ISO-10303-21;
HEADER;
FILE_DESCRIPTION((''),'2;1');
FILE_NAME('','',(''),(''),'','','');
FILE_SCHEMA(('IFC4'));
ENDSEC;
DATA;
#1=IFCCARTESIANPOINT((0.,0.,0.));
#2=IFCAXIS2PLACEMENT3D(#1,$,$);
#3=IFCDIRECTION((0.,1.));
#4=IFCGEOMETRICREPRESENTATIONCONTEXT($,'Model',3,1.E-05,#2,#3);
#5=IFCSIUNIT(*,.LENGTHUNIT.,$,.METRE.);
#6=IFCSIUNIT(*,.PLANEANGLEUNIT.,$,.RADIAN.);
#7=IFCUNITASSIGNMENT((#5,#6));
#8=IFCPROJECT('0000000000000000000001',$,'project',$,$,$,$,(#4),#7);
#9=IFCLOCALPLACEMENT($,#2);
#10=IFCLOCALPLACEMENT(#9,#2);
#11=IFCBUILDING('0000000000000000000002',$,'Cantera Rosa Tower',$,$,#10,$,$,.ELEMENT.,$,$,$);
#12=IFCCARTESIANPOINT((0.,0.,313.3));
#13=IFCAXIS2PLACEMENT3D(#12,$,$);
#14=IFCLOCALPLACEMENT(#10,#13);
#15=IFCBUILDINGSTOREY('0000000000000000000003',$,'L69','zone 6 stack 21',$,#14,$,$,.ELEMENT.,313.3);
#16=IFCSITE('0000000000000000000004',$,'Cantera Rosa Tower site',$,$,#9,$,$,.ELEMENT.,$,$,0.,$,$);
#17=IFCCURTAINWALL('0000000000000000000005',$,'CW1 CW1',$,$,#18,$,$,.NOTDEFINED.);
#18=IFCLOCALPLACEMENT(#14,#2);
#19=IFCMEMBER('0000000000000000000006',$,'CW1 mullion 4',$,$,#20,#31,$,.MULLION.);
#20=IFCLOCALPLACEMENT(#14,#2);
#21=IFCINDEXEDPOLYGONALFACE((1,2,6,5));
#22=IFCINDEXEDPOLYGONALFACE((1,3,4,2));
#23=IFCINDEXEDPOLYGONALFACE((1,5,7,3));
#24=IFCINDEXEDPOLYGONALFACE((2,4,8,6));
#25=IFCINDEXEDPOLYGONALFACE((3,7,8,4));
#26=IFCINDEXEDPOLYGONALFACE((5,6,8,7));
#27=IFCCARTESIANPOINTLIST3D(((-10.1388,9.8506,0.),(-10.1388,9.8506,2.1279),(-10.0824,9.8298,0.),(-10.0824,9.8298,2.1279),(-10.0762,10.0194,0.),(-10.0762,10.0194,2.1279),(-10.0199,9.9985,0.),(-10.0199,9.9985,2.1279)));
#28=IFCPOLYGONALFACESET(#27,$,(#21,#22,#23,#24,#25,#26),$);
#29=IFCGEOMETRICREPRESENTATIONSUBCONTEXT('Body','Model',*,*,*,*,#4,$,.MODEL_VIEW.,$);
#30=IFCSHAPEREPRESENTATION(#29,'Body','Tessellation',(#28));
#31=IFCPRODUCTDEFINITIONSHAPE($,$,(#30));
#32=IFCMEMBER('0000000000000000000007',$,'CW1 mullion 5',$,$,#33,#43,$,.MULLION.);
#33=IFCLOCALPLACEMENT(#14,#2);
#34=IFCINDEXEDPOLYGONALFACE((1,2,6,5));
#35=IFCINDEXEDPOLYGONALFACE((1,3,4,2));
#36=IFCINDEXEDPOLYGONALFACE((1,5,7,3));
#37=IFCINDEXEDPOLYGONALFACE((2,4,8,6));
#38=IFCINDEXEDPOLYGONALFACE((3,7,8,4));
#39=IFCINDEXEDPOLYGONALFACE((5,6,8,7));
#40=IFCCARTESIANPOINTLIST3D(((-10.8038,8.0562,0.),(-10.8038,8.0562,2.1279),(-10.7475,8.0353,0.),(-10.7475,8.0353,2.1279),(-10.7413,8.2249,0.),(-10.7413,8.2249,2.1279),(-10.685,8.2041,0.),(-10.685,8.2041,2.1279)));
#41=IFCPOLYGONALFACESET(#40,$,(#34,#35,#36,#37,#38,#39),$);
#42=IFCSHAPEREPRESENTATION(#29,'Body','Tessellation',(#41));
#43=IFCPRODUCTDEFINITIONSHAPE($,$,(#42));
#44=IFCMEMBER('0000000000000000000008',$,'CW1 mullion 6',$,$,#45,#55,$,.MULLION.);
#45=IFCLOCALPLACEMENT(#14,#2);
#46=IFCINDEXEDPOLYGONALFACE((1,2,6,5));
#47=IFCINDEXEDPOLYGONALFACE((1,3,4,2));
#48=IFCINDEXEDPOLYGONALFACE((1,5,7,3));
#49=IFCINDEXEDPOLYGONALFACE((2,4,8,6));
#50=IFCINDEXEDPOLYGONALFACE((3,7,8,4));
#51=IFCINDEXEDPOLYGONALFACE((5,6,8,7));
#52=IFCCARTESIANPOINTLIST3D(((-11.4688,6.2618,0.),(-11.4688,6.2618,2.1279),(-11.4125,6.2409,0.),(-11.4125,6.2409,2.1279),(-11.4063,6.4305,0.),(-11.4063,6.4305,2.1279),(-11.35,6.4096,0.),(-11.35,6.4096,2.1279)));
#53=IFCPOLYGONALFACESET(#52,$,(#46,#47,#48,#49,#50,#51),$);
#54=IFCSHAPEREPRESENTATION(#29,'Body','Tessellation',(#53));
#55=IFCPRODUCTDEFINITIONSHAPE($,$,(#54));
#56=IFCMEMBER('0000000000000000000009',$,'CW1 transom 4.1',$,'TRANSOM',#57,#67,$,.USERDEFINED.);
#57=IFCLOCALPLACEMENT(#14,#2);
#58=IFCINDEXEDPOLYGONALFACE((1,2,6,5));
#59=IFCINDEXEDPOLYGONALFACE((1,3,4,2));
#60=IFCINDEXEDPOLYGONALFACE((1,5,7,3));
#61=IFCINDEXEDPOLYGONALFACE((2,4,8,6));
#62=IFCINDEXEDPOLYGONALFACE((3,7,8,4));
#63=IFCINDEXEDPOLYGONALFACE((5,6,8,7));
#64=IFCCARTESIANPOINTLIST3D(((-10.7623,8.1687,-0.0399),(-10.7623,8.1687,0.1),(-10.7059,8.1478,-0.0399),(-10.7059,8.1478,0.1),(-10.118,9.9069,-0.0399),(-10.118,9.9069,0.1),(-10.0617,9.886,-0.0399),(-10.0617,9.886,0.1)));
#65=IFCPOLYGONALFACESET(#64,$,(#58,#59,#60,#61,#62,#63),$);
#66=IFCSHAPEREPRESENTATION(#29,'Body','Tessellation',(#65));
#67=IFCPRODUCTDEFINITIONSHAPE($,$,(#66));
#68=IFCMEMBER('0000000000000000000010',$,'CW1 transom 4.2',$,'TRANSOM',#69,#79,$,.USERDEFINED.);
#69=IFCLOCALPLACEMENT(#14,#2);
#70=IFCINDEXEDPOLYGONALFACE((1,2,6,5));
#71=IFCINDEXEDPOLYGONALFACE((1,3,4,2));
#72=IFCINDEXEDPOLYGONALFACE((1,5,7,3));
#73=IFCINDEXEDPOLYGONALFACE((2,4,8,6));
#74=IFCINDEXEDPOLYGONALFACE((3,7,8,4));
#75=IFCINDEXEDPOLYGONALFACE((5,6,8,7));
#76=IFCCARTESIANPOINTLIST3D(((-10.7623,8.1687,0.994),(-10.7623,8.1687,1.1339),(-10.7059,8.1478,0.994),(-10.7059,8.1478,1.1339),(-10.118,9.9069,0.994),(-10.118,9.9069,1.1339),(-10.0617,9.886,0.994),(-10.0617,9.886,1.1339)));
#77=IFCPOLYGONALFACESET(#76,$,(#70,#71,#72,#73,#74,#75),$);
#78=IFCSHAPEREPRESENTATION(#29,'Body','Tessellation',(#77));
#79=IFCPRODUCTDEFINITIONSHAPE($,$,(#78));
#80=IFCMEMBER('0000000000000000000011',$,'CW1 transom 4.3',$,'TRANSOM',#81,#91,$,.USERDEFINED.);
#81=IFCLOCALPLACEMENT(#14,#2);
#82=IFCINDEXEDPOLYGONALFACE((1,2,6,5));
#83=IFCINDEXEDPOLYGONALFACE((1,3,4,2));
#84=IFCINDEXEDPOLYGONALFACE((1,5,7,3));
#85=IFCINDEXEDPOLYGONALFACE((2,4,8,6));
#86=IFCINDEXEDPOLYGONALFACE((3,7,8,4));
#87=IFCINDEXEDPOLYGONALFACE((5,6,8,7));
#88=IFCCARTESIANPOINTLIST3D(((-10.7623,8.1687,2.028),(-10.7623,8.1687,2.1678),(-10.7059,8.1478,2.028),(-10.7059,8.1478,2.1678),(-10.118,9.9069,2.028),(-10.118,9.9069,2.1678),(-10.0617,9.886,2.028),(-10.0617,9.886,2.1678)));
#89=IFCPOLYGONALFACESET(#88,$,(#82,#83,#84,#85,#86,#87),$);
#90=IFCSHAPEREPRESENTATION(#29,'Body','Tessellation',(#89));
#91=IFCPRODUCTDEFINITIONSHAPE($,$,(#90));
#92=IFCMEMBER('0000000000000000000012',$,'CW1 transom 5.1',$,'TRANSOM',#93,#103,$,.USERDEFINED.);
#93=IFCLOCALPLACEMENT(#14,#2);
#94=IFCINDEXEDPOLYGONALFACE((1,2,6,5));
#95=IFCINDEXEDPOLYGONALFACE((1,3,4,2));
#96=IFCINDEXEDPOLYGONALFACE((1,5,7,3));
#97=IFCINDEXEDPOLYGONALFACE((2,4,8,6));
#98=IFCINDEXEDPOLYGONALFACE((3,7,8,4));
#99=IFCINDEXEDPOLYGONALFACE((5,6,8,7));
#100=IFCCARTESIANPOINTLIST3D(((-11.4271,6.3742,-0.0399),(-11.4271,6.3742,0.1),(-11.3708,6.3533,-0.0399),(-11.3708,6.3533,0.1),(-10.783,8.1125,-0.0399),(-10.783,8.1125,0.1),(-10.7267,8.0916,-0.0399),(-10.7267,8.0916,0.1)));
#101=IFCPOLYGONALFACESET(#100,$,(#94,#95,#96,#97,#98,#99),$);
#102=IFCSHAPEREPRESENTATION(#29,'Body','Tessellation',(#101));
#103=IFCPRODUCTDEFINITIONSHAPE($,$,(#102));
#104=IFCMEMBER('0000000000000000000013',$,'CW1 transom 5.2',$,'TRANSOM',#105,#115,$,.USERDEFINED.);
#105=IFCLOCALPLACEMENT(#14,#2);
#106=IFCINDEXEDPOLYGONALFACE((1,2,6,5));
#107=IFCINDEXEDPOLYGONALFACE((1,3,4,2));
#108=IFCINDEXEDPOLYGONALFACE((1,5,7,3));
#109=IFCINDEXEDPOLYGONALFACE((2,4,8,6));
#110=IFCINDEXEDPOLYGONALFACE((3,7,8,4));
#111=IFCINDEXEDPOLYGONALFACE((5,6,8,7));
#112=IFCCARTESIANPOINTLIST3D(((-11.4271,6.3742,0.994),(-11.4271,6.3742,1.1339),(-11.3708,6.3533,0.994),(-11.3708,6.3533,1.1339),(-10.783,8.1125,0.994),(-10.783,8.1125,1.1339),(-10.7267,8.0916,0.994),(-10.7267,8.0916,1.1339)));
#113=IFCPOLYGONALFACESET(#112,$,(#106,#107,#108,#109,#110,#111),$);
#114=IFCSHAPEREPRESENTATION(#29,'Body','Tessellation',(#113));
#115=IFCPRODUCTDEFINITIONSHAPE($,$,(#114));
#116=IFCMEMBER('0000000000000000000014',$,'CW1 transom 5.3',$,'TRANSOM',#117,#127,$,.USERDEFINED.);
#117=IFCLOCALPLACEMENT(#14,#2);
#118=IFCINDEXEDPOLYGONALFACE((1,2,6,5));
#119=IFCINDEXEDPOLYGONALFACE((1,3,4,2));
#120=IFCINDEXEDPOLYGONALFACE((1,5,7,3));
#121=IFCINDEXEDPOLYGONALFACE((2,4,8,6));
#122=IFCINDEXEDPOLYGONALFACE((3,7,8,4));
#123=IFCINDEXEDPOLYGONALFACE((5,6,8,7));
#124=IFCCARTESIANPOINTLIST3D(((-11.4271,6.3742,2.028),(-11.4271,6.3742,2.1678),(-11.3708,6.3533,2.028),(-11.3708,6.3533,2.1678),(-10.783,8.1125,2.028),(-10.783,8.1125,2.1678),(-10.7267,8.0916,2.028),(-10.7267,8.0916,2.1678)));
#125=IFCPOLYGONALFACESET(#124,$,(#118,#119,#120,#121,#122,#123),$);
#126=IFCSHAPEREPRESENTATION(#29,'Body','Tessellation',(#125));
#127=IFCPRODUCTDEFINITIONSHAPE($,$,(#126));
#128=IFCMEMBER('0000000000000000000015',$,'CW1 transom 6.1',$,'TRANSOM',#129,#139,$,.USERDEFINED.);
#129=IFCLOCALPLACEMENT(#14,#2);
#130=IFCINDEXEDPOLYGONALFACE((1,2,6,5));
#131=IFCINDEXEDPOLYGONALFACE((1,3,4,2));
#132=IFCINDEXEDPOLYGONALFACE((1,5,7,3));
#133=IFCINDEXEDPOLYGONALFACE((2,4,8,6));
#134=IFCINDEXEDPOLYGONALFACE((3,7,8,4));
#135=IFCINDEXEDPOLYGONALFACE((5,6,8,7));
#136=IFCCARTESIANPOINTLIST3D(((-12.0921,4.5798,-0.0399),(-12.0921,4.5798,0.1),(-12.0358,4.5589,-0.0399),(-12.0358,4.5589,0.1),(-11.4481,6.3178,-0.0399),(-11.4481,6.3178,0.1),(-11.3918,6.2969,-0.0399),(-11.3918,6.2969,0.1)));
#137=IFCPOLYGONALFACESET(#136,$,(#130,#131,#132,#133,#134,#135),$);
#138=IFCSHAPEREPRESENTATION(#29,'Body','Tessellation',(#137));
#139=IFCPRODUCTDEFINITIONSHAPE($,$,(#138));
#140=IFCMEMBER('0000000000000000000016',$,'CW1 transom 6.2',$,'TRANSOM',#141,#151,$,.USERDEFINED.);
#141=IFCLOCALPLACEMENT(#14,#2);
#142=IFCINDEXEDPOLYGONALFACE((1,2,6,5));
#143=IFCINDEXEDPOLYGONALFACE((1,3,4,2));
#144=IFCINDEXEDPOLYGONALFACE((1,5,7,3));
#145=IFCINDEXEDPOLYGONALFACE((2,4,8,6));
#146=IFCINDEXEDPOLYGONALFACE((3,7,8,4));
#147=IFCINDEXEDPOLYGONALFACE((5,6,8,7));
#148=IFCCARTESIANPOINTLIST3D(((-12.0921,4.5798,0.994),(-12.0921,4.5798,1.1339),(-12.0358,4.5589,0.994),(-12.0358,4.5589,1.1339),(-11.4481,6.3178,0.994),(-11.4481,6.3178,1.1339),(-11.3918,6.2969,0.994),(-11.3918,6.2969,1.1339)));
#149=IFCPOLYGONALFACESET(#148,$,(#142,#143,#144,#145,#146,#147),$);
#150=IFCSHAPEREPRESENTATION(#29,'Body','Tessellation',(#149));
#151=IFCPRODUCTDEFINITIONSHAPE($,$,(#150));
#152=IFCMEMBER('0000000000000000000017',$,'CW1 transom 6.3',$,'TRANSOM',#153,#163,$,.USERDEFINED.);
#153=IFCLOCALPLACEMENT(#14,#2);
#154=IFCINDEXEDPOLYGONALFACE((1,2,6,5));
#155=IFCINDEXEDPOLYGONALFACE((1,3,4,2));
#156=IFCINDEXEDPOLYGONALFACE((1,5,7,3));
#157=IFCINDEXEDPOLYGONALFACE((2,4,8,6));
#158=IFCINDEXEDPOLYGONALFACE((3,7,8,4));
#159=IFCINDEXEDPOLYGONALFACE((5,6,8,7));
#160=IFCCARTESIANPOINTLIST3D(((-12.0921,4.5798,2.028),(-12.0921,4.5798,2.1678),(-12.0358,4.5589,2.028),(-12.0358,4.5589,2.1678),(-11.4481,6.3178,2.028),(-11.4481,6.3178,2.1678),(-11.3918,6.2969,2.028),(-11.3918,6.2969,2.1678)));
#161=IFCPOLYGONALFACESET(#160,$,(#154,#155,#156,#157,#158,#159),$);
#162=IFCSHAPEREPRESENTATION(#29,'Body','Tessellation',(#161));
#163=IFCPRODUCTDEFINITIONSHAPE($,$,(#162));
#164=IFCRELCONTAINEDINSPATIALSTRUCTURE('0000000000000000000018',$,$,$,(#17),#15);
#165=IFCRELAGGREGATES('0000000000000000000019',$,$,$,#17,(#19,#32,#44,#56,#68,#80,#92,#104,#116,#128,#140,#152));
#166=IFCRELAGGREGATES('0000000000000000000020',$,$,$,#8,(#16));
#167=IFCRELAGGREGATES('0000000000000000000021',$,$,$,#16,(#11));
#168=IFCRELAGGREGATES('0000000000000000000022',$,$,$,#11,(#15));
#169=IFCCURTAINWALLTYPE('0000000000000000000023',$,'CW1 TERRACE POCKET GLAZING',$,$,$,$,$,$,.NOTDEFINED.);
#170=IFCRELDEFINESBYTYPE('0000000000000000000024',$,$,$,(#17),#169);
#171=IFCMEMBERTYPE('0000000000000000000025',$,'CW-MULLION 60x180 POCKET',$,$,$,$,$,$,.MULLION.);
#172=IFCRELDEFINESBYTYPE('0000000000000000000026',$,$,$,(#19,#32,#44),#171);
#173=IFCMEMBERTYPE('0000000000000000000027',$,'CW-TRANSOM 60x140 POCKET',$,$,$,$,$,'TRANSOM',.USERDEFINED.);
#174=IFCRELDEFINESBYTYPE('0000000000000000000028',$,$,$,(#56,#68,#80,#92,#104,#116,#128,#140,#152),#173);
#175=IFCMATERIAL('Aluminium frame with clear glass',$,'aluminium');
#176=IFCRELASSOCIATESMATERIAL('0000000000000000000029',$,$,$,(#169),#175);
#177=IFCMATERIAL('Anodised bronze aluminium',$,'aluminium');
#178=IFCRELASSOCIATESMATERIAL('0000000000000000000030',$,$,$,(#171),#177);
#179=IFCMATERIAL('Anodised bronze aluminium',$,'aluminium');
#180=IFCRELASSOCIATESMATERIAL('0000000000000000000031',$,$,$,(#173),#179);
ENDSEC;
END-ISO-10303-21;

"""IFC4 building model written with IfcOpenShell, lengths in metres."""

from ifc_helpers import new_model, si_unit, direction, frame, origin, origin_2d, place, context, subcontext, project, spatial, rectangle, extrude, material, material_profile, profile_set, type_object, element, aggregate, save


model = new_model("IFC4")

# Units and contexts
model_context = context("Model", 3, precision=1e-05, world=origin(), true_north=direction((0.0, 1.0)))
body_context = subcontext(model_context, "Body", "Model", "MODEL_VIEW")
ifc_project = project(units=[si_unit("LENGTHUNIT", "METRE"), si_unit("PLANEANGLEUNIT", "RADIAN")], contexts=[model_context])

# Site, building, storey
site_placement = place(None, origin())
site = spatial("IfcSite", under=ifc_project, at=site_placement, Name="Cantera Rosa Tower site", CompositionType="ELEMENT", RefElevation=0.0)
building_placement = place(site_placement, origin())
building = spatial("IfcBuilding", under=site, at=building_placement, Name="Cantera Rosa Tower", CompositionType="ELEMENT")
storey_placement = place(building_placement, frame((0.0, 0.0, 313.3)))
storey = spatial("IfcBuildingStorey", under=building, at=storey_placement, Name="L69", Description="zone 6 stack 21", CompositionType="ELEMENT", Elevation=313.3)

# Curtain wall, members
ifc_material_1 = material(Name="Aluminium frame with clear glass", Category="aluminium")
curtain_wall_type = type_object("IfcCurtainWallType", Name="CW1 TERRACE POCKET GLAZING", PredefinedType="NOTDEFINED", material=ifc_material_1)
curtain_wall_placement = place(storey_placement, origin())
curtain_wall = element("IfcCurtainWall", 1, at=curtain_wall_placement, inside=storey, type_object=curtain_wall_type, Name="CW1 CW1", PredefinedType="NOTDEFINED")
ifc_material_2 = material(Name="Anodised bronze aluminium", Category="aluminium")
ifc_material_profile_1 = material_profile(ifc_material_2, rectangle(XDim=0.0601, YDim=0.1799, at=origin_2d()), Name="CW-MULLION 60x180 POCKET")
ifc_profile_set_1 = profile_set([ifc_material_profile_1], Name="Anodised bronze aluminium")
member_type_1 = type_object("IfcMemberType", Name="CW-MULLION 60x180 POCKET", PredefinedType="MULLION", material=ifc_profile_set_1)
member_1_placement = place(storey_placement, frame((-10.0793, 9.9246, 0.0), z_axis=(0.0, 0.0, 1.0), x_axis=(0.937687, -0.347481, 0.0)))
member_1 = element("IfcMember", 2, at=member_1_placement, type_object=member_type_1, Name="CW1 mullion 4", PredefinedType="MULLION", context=body_context, shape_type="SweptSolid", body=[
    extrude(rectangle(XDim=0.0601, YDim=0.1799, at=origin_2d()), origin(), (0.0, 0.0, 1.0), 2.1279),
])
member_2_placement = place(storey_placement, frame((-10.7444, 8.1301, 0.0), z_axis=(0.0, 0.0, 1.0), x_axis=(0.937687, -0.347481, 0.0)))
member_2 = element("IfcMember", 3, at=member_2_placement, type_object=member_type_1, Name="CW1 mullion 5", PredefinedType="MULLION", context=body_context, shape_type="SweptSolid", body=[
    extrude(rectangle(XDim=0.0601, YDim=0.1799, at=origin_2d()), origin(), (0.0, 0.0, 1.0), 2.1279),
])
member_3_placement = place(storey_placement, frame((-11.4094, 6.3357, 0.0), z_axis=(0.0, 0.0, 1.0), x_axis=(0.937687, -0.347481, 0.0)))
member_3 = element("IfcMember", 4, at=member_3_placement, type_object=member_type_1, Name="CW1 mullion 6", PredefinedType="MULLION", context=body_context, shape_type="SweptSolid", body=[
    extrude(rectangle(XDim=0.0601, YDim=0.1799, at=origin_2d()), origin(), (0.0, 0.0, 1.0), 2.1279),
])
ifc_material_3 = material(Name="Anodised bronze aluminium", Category="aluminium")
ifc_material_profile_2 = material_profile(ifc_material_3, rectangle(XDim=0.0601, YDim=0.1399, at=origin_2d()), Name="CW-TRANSOM 60x140 POCKET")
ifc_profile_set_2 = profile_set([ifc_material_profile_2], Name="Anodised bronze aluminium")
member_type_2 = type_object("IfcMemberType", Name="CW-TRANSOM 60x140 POCKET", ElementType="TRANSOM", PredefinedType="USERDEFINED", material=ifc_profile_set_2)
member_4_placement = place(storey_placement, frame((-10.0898, 9.8965, 0.03), z_axis=(-0.347542, -0.937665, 0.0), x_axis=(0.937665, -0.347542, 0.0)))
member_4 = element("IfcMember", 5, at=member_4_placement, type_object=member_type_2, Name="CW1 transom 4.1", ObjectType="TRANSOM", PredefinedType="USERDEFINED", context=body_context, shape_type="SweptSolid", body=[
    extrude(rectangle(XDim=0.0601, YDim=0.1399, at=origin_2d()), origin(), (0.0, 0.0, 1.0), 1.8538),
])
member_5_placement = place(storey_placement, frame((-10.0898, 9.8965, 1.064), z_axis=(-0.347542, -0.937665, 0.0), x_axis=(0.937665, -0.347542, 0.0)))
member_5 = element("IfcMember", 6, at=member_5_placement, type_object=member_type_2, Name="CW1 transom 4.2", ObjectType="TRANSOM", PredefinedType="USERDEFINED", context=body_context, shape_type="SweptSolid", body=[
    extrude(rectangle(XDim=0.0601, YDim=0.1399, at=origin_2d()), origin(), (0.0, 0.0, 1.0), 1.8538),
])
member_6_placement = place(storey_placement, frame((-10.0898, 9.8965, 2.0979), z_axis=(-0.347542, -0.937665, 0.0), x_axis=(0.937665, -0.347542, 0.0)))
member_6 = element("IfcMember", 7, at=member_6_placement, type_object=member_type_2, Name="CW1 transom 4.3", ObjectType="TRANSOM", PredefinedType="USERDEFINED", context=body_context, shape_type="SweptSolid", body=[
    extrude(rectangle(XDim=0.0601, YDim=0.1399, at=origin_2d()), origin(), (0.0, 0.0, 1.0), 1.8538),
])
member_7_placement = place(storey_placement, frame((-10.7549, 8.1021, 0.03), z_axis=(-0.347426, -0.937707, 0.0), x_axis=(0.937707, -0.347426, 0.0)))
member_7 = element("IfcMember", 8, at=member_7_placement, type_object=member_type_2, Name="CW1 transom 5.1", ObjectType="TRANSOM", PredefinedType="USERDEFINED", context=body_context, shape_type="SweptSolid", body=[
    extrude(rectangle(XDim=0.0601, YDim=0.1399, at=origin_2d()), origin(), (0.0, 0.0, 1.0), 1.8538),
])
member_8_placement = place(storey_placement, frame((-10.7549, 8.1021, 1.064), z_axis=(-0.347426, -0.937707, 0.0), x_axis=(0.937707, -0.347426, 0.0)))
member_8 = element("IfcMember", 9, at=member_8_placement, type_object=member_type_2, Name="CW1 transom 5.2", ObjectType="TRANSOM", PredefinedType="USERDEFINED", context=body_context, shape_type="SweptSolid", body=[
    extrude(rectangle(XDim=0.0601, YDim=0.1399, at=origin_2d()), origin(), (0.0, 0.0, 1.0), 1.8538),
])
member_9_placement = place(storey_placement, frame((-10.7549, 8.1021, 2.0979), z_axis=(-0.347426, -0.937707, 0.0), x_axis=(0.937707, -0.347426, 0.0)))
member_9 = element("IfcMember", 10, at=member_9_placement, type_object=member_type_2, Name="CW1 transom 5.3", ObjectType="TRANSOM", PredefinedType="USERDEFINED", context=body_context, shape_type="SweptSolid", body=[
    extrude(rectangle(XDim=0.0601, YDim=0.1399, at=origin_2d()), origin(), (0.0, 0.0, 1.0), 1.8538),
])
member_10_placement = place(storey_placement, frame((-11.4199, 6.3074, 0.03), z_axis=(-0.347469, -0.937692, 0.0), x_axis=(0.937692, -0.347469, 0.0)))
member_10 = element("IfcMember", 11, at=member_10_placement, type_object=member_type_2, Name="CW1 transom 6.1", ObjectType="TRANSOM", PredefinedType="USERDEFINED", context=body_context, shape_type="SweptSolid", body=[
    extrude(rectangle(XDim=0.0601, YDim=0.1399, at=origin_2d()), origin(), (0.0, 0.0, 1.0), 1.8535),
])
member_11_placement = place(storey_placement, frame((-11.4199, 6.3074, 1.064), z_axis=(-0.347469, -0.937692, 0.0), x_axis=(0.937692, -0.347469, 0.0)))
member_11 = element("IfcMember", 12, at=member_11_placement, type_object=member_type_2, Name="CW1 transom 6.2", ObjectType="TRANSOM", PredefinedType="USERDEFINED", context=body_context, shape_type="SweptSolid", body=[
    extrude(rectangle(XDim=0.0601, YDim=0.1399, at=origin_2d()), origin(), (0.0, 0.0, 1.0), 1.8535),
])
member_12_placement = place(storey_placement, frame((-11.4199, 6.3074, 2.0979), z_axis=(-0.347469, -0.937692, 0.0), x_axis=(0.937692, -0.347469, 0.0)))
member_12 = element("IfcMember", 13, at=member_12_placement, type_object=member_type_2, Name="CW1 transom 6.3", ObjectType="TRANSOM", PredefinedType="USERDEFINED", context=body_context, shape_type="SweptSolid", body=[
    extrude(rectangle(XDim=0.0601, YDim=0.1399, at=origin_2d()), origin(), (0.0, 0.0, 1.0), 1.8535),
])

aggregate(curtain_wall, [member_1, member_2, member_3, member_4, member_5, member_6, member_7, member_8, member_9, member_10, member_11, member_12])

save(model, "model.ifc")
